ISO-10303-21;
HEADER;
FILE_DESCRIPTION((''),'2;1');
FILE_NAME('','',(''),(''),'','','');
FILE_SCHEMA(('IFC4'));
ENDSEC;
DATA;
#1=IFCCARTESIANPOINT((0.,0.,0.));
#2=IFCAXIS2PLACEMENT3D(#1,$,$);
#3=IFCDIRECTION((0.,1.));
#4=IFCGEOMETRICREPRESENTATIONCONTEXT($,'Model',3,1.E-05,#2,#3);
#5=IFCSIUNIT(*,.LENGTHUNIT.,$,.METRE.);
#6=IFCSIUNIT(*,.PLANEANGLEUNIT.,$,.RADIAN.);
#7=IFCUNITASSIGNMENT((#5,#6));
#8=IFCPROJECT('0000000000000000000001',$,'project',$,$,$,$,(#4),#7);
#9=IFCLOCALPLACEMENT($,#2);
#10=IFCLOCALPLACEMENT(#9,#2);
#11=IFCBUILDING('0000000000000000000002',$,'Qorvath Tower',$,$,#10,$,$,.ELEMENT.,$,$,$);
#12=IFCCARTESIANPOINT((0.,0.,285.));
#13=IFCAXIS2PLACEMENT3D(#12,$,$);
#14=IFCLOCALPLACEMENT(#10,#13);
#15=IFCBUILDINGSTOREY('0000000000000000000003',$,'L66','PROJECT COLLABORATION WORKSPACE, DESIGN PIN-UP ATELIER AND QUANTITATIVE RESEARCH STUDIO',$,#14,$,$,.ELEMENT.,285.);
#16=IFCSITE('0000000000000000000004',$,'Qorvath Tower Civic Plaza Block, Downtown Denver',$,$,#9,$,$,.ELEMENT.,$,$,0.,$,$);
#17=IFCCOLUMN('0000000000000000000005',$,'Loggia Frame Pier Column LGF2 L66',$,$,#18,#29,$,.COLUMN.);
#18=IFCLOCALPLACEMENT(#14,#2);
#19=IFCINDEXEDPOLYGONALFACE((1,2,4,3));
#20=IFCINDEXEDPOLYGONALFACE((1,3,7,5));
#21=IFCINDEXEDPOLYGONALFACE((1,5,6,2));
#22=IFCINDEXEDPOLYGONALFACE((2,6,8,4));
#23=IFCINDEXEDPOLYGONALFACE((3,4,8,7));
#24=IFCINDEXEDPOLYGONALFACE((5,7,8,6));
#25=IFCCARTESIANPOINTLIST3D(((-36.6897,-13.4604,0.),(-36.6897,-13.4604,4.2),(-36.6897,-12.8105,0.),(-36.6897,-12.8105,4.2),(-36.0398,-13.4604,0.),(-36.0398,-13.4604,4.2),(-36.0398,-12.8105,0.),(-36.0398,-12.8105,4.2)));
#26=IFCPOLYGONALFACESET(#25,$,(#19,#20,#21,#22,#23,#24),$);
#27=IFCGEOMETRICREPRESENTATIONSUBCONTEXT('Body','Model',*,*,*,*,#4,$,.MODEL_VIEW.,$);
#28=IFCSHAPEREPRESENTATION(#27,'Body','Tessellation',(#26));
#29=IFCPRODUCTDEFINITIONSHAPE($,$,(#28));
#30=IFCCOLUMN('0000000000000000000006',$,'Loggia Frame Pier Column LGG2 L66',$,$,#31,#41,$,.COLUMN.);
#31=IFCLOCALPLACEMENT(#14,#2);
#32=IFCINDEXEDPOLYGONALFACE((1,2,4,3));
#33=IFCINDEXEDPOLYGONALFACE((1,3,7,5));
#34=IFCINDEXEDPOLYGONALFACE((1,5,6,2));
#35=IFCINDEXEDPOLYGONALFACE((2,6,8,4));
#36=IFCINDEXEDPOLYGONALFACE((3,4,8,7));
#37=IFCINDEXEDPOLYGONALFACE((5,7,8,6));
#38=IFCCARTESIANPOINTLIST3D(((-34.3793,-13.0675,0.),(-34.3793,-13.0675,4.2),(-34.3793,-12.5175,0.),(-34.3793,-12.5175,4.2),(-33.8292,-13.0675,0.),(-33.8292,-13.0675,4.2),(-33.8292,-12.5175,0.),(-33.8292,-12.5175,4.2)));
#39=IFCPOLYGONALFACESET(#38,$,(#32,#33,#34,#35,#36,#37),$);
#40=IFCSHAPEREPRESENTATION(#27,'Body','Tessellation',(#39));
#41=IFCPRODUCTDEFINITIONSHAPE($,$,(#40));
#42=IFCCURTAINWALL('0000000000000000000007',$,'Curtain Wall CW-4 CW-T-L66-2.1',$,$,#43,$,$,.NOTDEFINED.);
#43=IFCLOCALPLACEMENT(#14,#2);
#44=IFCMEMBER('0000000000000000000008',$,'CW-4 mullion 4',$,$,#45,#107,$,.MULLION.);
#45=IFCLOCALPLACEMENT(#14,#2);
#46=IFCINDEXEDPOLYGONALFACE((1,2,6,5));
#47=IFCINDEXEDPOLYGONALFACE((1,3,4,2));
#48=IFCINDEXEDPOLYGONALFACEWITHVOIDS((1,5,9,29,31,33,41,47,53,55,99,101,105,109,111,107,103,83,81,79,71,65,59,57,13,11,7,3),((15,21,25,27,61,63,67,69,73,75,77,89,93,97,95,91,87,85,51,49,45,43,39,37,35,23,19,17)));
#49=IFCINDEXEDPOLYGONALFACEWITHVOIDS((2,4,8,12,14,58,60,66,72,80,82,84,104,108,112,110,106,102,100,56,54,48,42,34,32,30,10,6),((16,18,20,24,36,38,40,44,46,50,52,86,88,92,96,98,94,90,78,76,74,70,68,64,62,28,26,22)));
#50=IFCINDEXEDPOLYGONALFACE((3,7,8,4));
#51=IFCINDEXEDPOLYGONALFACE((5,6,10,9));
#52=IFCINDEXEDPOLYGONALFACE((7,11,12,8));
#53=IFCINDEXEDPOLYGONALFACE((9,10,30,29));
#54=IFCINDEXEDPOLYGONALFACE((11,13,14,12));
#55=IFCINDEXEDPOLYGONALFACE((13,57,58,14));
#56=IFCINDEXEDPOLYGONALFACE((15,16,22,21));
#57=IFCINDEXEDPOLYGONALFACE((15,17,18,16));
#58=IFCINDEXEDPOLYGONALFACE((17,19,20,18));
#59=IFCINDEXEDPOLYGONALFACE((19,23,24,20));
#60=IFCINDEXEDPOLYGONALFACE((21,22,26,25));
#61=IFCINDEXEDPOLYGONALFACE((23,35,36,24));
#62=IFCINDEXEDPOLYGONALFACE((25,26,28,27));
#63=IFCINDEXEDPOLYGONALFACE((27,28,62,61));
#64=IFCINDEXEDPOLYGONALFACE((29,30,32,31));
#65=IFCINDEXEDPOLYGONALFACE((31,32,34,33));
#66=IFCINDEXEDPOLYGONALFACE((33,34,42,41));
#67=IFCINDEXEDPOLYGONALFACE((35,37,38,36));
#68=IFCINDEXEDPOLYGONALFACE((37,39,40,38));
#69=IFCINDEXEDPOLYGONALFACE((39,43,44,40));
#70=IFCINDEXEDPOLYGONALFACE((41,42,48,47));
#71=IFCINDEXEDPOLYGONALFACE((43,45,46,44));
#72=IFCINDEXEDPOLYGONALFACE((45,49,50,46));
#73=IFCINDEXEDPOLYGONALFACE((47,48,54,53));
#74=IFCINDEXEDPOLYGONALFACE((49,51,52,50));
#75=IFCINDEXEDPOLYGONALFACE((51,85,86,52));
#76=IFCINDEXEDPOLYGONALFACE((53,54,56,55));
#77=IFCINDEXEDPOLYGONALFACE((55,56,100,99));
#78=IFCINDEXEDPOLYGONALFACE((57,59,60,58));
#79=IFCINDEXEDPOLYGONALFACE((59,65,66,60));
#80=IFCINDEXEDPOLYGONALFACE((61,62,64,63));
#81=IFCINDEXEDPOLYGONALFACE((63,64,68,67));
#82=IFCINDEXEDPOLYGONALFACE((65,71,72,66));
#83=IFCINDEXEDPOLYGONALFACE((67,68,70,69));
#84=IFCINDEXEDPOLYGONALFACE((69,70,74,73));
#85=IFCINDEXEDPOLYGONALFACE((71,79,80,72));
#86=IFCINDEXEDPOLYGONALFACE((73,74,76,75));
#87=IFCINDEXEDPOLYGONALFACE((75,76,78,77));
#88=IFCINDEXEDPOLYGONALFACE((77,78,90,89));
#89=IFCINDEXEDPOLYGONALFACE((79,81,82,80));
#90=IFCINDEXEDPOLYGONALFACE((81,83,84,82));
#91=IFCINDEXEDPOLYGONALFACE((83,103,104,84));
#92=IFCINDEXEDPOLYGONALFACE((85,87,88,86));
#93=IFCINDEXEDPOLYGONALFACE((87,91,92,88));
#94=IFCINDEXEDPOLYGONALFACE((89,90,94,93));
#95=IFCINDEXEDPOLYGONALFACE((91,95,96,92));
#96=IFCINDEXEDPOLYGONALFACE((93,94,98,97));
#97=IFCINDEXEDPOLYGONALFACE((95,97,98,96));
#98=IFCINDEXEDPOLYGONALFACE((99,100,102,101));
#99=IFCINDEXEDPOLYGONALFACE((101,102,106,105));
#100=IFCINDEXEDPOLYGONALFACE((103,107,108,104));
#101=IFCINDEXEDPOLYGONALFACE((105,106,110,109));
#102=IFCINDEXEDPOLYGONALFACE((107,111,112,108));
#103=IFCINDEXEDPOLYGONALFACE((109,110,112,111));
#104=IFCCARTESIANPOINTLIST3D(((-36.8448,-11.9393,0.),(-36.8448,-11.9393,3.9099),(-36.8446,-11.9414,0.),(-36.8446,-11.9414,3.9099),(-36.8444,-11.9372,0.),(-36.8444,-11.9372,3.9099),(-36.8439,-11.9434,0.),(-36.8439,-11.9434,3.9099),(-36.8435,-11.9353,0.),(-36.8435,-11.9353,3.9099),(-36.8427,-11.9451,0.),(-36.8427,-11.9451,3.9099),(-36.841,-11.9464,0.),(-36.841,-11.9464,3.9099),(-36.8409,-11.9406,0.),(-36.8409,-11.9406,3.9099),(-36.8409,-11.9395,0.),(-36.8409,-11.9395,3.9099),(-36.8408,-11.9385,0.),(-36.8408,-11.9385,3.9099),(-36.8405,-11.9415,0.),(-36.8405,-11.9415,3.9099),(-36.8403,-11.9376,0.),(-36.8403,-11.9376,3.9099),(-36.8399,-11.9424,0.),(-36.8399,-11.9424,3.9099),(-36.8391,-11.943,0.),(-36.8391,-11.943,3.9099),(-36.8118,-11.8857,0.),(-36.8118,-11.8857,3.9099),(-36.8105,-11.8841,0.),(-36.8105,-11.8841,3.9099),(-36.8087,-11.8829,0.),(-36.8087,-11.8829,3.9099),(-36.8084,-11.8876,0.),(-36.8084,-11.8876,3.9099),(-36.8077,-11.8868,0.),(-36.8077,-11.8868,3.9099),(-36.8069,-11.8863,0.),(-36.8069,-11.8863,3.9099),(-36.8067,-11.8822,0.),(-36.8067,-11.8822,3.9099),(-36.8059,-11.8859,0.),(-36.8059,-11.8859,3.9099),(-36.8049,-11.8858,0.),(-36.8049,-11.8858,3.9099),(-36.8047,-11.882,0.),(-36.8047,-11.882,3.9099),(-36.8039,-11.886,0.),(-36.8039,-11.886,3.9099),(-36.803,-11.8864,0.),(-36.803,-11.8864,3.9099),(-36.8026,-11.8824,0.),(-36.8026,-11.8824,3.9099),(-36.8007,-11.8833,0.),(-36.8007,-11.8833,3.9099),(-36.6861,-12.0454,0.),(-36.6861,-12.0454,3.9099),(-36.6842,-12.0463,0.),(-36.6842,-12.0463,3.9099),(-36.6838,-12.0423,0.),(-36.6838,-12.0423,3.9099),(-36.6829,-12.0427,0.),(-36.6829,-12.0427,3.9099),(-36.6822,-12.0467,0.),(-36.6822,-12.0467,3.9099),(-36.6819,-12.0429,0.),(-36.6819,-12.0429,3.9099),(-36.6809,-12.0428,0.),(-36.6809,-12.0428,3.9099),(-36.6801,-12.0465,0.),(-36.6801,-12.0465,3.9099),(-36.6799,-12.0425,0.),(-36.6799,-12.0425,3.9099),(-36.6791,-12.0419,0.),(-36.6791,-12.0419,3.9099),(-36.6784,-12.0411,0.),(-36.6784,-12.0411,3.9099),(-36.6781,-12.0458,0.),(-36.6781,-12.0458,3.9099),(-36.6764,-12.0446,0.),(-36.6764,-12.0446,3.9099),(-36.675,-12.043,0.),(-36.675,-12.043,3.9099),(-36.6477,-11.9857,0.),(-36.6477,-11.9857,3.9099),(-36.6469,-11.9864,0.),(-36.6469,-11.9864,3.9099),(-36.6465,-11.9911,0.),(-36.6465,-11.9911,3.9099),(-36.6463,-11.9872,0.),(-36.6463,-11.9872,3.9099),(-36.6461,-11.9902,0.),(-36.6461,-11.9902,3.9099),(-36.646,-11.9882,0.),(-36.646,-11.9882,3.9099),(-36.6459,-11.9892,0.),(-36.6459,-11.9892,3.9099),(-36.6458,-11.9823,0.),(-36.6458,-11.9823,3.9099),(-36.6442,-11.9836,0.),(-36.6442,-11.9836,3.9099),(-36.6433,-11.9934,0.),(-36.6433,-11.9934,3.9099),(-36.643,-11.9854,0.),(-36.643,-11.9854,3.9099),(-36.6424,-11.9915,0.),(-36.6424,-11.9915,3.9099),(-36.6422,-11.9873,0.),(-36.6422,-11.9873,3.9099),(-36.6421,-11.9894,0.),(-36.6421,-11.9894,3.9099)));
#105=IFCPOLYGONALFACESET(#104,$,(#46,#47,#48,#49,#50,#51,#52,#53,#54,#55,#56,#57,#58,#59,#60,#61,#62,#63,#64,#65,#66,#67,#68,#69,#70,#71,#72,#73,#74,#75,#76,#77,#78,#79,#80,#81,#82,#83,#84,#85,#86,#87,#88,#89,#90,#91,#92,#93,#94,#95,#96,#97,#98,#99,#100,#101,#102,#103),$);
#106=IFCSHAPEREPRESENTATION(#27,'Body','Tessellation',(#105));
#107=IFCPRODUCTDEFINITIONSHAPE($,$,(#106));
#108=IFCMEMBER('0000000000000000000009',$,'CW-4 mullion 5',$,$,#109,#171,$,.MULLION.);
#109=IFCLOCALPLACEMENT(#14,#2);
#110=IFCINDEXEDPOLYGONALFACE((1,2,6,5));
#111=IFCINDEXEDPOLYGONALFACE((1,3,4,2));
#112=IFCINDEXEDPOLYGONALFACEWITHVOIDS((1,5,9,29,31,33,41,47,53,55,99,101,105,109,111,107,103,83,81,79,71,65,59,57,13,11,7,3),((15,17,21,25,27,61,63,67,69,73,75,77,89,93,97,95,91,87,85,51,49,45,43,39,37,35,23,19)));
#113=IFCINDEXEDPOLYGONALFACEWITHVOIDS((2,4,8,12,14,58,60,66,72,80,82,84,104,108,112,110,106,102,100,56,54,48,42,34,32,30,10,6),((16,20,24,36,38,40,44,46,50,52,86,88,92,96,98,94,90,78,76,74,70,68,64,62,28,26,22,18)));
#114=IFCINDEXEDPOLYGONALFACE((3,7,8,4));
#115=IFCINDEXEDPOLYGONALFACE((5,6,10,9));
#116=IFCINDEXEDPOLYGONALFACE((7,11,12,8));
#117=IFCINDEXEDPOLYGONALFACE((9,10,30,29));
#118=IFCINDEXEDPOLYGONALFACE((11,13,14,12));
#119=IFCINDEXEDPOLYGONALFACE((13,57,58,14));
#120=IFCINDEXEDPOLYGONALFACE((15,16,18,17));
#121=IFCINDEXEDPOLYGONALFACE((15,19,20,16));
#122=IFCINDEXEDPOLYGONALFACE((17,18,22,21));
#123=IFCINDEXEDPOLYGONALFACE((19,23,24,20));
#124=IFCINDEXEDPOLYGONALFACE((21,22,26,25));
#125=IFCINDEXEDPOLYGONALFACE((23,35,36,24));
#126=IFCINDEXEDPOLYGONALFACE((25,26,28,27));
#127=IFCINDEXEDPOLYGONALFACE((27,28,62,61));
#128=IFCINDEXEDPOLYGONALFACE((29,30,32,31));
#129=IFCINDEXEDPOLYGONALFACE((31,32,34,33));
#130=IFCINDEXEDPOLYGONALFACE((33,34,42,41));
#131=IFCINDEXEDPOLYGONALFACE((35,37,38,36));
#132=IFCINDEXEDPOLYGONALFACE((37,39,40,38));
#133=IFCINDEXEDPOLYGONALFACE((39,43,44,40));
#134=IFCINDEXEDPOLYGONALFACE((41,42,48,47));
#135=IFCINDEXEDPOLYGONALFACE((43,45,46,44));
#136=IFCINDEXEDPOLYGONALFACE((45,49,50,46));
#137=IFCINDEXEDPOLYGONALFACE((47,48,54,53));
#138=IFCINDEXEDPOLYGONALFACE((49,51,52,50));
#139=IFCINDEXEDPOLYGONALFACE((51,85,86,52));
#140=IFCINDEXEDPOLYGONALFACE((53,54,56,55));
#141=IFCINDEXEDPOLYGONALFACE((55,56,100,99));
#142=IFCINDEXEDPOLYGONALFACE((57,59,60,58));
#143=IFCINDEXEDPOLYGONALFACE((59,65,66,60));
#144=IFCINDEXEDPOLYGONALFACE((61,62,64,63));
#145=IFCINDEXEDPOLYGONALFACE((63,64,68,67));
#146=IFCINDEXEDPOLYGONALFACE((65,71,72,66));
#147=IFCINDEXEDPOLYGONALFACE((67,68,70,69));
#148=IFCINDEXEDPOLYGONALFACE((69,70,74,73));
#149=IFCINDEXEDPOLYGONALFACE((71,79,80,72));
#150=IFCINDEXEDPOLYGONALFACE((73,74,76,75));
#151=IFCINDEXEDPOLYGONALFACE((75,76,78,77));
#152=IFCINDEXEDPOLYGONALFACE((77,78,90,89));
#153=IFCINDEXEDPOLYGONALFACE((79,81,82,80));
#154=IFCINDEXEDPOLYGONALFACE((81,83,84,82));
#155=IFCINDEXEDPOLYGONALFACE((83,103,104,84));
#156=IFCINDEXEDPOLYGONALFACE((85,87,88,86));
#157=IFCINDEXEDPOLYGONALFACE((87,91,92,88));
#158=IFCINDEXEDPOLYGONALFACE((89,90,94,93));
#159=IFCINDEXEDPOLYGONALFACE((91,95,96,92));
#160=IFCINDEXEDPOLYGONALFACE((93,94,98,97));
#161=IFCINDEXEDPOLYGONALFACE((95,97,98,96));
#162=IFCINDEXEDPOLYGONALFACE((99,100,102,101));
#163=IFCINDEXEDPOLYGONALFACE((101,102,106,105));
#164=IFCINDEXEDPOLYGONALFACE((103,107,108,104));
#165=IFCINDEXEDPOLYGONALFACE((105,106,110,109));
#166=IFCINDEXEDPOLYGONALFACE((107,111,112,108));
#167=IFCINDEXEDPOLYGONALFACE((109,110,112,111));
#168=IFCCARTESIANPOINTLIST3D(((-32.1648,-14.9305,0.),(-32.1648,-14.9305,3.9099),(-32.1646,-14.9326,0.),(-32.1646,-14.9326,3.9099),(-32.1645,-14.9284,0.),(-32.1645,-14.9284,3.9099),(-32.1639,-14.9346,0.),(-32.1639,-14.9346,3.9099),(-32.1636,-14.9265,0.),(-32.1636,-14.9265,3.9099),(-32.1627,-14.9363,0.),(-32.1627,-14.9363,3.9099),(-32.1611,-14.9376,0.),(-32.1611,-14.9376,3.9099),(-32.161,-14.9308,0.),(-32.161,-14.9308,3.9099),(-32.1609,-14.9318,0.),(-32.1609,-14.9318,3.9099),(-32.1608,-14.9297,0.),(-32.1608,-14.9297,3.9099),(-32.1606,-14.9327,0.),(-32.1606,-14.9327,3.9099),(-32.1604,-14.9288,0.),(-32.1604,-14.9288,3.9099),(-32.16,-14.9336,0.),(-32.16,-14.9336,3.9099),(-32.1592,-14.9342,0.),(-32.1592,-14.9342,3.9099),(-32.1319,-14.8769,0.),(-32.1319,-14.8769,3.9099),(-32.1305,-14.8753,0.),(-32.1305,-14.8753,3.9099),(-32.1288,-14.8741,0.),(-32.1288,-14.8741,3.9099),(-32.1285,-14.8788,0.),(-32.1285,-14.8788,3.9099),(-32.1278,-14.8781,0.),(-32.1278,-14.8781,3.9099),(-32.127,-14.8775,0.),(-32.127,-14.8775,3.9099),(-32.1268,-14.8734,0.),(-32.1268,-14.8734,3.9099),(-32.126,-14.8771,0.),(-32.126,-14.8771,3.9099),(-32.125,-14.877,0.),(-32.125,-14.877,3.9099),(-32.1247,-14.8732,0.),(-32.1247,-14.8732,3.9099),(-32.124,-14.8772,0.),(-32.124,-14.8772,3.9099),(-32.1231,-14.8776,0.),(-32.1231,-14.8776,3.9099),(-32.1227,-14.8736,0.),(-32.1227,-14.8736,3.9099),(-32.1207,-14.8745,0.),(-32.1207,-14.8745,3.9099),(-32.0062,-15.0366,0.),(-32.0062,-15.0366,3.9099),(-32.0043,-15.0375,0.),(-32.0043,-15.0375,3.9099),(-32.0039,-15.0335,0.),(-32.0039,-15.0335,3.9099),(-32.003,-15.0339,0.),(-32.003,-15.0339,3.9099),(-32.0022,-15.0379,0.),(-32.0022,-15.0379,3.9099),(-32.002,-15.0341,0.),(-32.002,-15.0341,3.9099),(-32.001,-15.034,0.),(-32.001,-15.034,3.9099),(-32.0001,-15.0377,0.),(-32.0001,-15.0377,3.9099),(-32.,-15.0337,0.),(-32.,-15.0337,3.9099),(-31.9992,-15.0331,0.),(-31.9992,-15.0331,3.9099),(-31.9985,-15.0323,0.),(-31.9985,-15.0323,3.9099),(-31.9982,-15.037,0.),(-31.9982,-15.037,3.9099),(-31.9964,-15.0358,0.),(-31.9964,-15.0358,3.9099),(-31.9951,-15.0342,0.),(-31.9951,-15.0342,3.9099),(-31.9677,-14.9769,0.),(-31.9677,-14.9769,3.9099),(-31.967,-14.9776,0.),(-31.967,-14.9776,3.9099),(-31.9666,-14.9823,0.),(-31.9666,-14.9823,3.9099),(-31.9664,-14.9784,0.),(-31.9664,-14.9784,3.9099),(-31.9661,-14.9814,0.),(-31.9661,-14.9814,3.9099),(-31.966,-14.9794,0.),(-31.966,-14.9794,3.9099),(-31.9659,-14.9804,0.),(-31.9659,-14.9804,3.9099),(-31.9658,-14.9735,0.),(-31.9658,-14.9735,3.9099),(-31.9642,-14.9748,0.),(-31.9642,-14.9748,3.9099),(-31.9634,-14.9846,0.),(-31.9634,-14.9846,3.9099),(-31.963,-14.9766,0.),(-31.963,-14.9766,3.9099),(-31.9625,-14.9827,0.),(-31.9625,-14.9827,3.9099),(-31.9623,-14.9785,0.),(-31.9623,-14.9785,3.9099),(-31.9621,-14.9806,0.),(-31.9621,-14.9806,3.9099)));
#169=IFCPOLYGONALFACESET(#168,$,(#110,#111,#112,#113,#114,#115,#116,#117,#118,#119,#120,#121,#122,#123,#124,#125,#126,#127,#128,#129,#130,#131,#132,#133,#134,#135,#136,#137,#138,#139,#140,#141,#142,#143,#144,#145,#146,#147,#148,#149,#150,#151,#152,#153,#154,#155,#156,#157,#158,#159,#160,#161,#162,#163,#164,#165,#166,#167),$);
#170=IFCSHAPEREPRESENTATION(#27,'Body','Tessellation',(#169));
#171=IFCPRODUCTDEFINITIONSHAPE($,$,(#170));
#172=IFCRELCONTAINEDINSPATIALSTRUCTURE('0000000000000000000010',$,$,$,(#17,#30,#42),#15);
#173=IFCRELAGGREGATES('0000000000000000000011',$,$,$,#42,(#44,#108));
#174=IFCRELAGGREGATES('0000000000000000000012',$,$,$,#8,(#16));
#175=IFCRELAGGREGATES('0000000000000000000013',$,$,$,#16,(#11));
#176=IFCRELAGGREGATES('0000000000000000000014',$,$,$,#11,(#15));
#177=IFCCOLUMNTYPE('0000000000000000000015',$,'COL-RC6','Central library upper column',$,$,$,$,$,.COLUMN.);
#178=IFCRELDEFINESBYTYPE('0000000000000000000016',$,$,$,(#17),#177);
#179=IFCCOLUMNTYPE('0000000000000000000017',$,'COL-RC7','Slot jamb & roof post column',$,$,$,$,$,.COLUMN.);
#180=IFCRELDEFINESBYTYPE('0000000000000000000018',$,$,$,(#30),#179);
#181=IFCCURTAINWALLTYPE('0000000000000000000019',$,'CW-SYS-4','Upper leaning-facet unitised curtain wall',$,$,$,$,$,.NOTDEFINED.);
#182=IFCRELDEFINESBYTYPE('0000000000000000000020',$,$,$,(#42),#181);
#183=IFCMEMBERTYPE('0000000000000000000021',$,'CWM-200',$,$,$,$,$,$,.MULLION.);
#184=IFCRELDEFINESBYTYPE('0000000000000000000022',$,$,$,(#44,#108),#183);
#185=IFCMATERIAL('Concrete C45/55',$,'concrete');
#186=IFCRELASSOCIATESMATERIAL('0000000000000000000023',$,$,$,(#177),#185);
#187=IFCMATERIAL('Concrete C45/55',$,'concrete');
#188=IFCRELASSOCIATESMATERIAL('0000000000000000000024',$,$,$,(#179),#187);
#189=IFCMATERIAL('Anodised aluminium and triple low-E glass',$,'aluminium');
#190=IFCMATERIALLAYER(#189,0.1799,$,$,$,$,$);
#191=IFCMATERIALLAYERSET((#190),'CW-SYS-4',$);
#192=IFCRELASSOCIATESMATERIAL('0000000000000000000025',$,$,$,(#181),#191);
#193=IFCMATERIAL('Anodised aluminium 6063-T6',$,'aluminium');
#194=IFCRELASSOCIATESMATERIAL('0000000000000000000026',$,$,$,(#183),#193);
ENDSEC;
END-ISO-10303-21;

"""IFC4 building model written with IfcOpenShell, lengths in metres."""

from ifc_helpers import new_model, si_unit, direction, frame, origin, origin_2d, place, context, subcontext, project, spatial, rectangle, hollow_rectangle, extrude, material, layer, layer_set, material_profile, profile_set, type_object, element, aggregate, save


model = new_model("IFC4")

# Units and contexts
model_context = context("Model", 3, precision=1e-05, world=origin(), true_north=direction((0.0, 1.0)))
body_context = subcontext(model_context, "Body", "Model", "MODEL_VIEW")
ifc_project = project(units=[si_unit("LENGTHUNIT", "METRE"), si_unit("PLANEANGLEUNIT", "RADIAN")], contexts=[model_context])

# Site, building, storey
site_placement = place(None, origin())
site = spatial("IfcSite", under=ifc_project, at=site_placement, Name="Qorvath Tower Civic Plaza Block, Downtown Denver", CompositionType="ELEMENT", RefElevation=0.0)
building_placement = place(site_placement, origin())
building = spatial("IfcBuilding", under=site, at=building_placement, Name="Qorvath Tower", CompositionType="ELEMENT")
storey_placement = place(building_placement, frame((0.0, 0.0, 285.0)))
storey = spatial("IfcBuildingStorey", under=building, at=storey_placement, Name="L66", Description="PROJECT COLLABORATION WORKSPACE, DESIGN PIN-UP ATELIER AND QUANTITATIVE RESEARCH STUDIO", CompositionType="ELEMENT", Elevation=285.0)

# Columns
ifc_material_1 = material(Name="Concrete C45/55", Category="concrete")
ifc_material_profile_1 = material_profile(ifc_material_1, rectangle(XDim=0.6499, YDim=0.6499, at=origin_2d()), Name="RC 650x650")
ifc_profile_set_1 = profile_set([ifc_material_profile_1], Name="Concrete C45/55")
column_type_1 = type_object("IfcColumnType", Name="COL-RC6", Description="Central library upper column", PredefinedType="COLUMN", material=ifc_profile_set_1)
column_1_placement = place(storey_placement, frame((-36.3647, -13.1355, 0.0), z_axis=(0.0, 0.0, 1.0), x_axis=(1.0, 0.0, 0.0)))
element("IfcColumn", 1, at=column_1_placement, inside=storey, type_object=column_type_1, Name="Loggia Frame Pier Column LGF2 L66", PredefinedType="COLUMN", context=body_context, shape_type="SweptSolid", body=[
    extrude(rectangle(XDim=0.6499, YDim=0.6499, at=origin_2d()), origin(), (0.0, 0.0, 1.0), 4.2),
])
ifc_material_2 = material(Name="Concrete C45/55", Category="concrete")
ifc_material_profile_2 = material_profile(ifc_material_2, rectangle(XDim=0.55, YDim=0.55, at=origin_2d()), Name="RC 550x550")
ifc_profile_set_2 = profile_set([ifc_material_profile_2], Name="Concrete C45/55")
column_type_2 = type_object("IfcColumnType", Name="COL-RC7", Description="Slot jamb & roof post column", PredefinedType="COLUMN", material=ifc_profile_set_2)
column_2_placement = place(storey_placement, frame((-34.1042, -12.7925, 0.0), z_axis=(0.0, 0.0, 1.0), x_axis=(1.0, 0.0, 0.0)))
element("IfcColumn", 2, at=column_2_placement, inside=storey, type_object=column_type_2, Name="Loggia Frame Pier Column LGG2 L66", PredefinedType="COLUMN", context=body_context, shape_type="SweptSolid", body=[
    extrude(rectangle(XDim=0.55, YDim=0.55, at=origin_2d()), origin(), (0.0, 0.0, 1.0), 4.2),
])

# Curtain wall, members
ifc_material_3 = material(Name="Anodised aluminium and triple low-E glass", Category="aluminium")
ifc_layer_1 = layer(ifc_material_3, 0.1799)
ifc_layer_set_1 = layer_set([ifc_layer_1], Name="CW-SYS-4")
curtain_wall_type = type_object("IfcCurtainWallType", Name="CW-SYS-4", Description="Upper leaning-facet unitised curtain wall", PredefinedType="NOTDEFINED", material=ifc_layer_set_1)
curtain_wall_placement = place(storey_placement, origin())
curtain_wall = element("IfcCurtainWall", 3, at=curtain_wall_placement, inside=storey, type_object=curtain_wall_type, Name="Curtain Wall CW-4 CW-T-L66-2.1", PredefinedType="NOTDEFINED")
ifc_material_4 = material(Name="Anodised aluminium 6063-T6", Category="aluminium")
ifc_material_profile_3 = material_profile(ifc_material_4, hollow_rectangle(XDim=0.075, YDim=0.2, WallThickness=0.0039, InnerFilletRadius=0.0039, OuterFilletRadius=0.0081, at=origin_2d()), Name="CWM 200x75")
ifc_profile_set_3 = profile_set([ifc_material_profile_3], Name="Anodised aluminium 6063-T6")
member_type_1 = type_object("IfcMemberType", Name="CWM-200", PredefinedType="MULLION", material=ifc_profile_set_3)
member_1_placement = place(storey_placement, frame((-36.7434, -11.9644, 0.0), z_axis=(0.0, 0.0, 1.0), x_axis=(0.538532, 0.842605, 0.0)))
member_1 = element("IfcMember", 4, at=member_1_placement, type_object=member_type_1, Name="CW-4 mullion 4", PredefinedType="MULLION", context=body_context, shape_type="SweptSolid", body=[
    extrude(hollow_rectangle(XDim=0.075, YDim=0.2, WallThickness=0.0039, InnerFilletRadius=0.0039, OuterFilletRadius=0.0081, at=origin_2d()), origin(), (0.0, 0.0, 1.0), 3.9099),
])
member_2_placement = place(storey_placement, frame((-32.0635, -14.9556, 0.0), z_axis=(0.0, 0.0, 1.0), x_axis=(0.538532, 0.842605, 0.0)))
member_2 = element("IfcMember", 5, at=member_2_placement, type_object=member_type_1, Name="CW-4 mullion 5", PredefinedType="MULLION", context=body_context, shape_type="SweptSolid", body=[
    extrude(hollow_rectangle(XDim=0.075, YDim=0.2, WallThickness=0.0039, InnerFilletRadius=0.0039, OuterFilletRadius=0.0081, at=origin_2d()), origin(), (0.0, 0.0, 1.0), 3.9099),
])
aggregate(curtain_wall, [member_1, member_2])

save(model, "model.ifc")
